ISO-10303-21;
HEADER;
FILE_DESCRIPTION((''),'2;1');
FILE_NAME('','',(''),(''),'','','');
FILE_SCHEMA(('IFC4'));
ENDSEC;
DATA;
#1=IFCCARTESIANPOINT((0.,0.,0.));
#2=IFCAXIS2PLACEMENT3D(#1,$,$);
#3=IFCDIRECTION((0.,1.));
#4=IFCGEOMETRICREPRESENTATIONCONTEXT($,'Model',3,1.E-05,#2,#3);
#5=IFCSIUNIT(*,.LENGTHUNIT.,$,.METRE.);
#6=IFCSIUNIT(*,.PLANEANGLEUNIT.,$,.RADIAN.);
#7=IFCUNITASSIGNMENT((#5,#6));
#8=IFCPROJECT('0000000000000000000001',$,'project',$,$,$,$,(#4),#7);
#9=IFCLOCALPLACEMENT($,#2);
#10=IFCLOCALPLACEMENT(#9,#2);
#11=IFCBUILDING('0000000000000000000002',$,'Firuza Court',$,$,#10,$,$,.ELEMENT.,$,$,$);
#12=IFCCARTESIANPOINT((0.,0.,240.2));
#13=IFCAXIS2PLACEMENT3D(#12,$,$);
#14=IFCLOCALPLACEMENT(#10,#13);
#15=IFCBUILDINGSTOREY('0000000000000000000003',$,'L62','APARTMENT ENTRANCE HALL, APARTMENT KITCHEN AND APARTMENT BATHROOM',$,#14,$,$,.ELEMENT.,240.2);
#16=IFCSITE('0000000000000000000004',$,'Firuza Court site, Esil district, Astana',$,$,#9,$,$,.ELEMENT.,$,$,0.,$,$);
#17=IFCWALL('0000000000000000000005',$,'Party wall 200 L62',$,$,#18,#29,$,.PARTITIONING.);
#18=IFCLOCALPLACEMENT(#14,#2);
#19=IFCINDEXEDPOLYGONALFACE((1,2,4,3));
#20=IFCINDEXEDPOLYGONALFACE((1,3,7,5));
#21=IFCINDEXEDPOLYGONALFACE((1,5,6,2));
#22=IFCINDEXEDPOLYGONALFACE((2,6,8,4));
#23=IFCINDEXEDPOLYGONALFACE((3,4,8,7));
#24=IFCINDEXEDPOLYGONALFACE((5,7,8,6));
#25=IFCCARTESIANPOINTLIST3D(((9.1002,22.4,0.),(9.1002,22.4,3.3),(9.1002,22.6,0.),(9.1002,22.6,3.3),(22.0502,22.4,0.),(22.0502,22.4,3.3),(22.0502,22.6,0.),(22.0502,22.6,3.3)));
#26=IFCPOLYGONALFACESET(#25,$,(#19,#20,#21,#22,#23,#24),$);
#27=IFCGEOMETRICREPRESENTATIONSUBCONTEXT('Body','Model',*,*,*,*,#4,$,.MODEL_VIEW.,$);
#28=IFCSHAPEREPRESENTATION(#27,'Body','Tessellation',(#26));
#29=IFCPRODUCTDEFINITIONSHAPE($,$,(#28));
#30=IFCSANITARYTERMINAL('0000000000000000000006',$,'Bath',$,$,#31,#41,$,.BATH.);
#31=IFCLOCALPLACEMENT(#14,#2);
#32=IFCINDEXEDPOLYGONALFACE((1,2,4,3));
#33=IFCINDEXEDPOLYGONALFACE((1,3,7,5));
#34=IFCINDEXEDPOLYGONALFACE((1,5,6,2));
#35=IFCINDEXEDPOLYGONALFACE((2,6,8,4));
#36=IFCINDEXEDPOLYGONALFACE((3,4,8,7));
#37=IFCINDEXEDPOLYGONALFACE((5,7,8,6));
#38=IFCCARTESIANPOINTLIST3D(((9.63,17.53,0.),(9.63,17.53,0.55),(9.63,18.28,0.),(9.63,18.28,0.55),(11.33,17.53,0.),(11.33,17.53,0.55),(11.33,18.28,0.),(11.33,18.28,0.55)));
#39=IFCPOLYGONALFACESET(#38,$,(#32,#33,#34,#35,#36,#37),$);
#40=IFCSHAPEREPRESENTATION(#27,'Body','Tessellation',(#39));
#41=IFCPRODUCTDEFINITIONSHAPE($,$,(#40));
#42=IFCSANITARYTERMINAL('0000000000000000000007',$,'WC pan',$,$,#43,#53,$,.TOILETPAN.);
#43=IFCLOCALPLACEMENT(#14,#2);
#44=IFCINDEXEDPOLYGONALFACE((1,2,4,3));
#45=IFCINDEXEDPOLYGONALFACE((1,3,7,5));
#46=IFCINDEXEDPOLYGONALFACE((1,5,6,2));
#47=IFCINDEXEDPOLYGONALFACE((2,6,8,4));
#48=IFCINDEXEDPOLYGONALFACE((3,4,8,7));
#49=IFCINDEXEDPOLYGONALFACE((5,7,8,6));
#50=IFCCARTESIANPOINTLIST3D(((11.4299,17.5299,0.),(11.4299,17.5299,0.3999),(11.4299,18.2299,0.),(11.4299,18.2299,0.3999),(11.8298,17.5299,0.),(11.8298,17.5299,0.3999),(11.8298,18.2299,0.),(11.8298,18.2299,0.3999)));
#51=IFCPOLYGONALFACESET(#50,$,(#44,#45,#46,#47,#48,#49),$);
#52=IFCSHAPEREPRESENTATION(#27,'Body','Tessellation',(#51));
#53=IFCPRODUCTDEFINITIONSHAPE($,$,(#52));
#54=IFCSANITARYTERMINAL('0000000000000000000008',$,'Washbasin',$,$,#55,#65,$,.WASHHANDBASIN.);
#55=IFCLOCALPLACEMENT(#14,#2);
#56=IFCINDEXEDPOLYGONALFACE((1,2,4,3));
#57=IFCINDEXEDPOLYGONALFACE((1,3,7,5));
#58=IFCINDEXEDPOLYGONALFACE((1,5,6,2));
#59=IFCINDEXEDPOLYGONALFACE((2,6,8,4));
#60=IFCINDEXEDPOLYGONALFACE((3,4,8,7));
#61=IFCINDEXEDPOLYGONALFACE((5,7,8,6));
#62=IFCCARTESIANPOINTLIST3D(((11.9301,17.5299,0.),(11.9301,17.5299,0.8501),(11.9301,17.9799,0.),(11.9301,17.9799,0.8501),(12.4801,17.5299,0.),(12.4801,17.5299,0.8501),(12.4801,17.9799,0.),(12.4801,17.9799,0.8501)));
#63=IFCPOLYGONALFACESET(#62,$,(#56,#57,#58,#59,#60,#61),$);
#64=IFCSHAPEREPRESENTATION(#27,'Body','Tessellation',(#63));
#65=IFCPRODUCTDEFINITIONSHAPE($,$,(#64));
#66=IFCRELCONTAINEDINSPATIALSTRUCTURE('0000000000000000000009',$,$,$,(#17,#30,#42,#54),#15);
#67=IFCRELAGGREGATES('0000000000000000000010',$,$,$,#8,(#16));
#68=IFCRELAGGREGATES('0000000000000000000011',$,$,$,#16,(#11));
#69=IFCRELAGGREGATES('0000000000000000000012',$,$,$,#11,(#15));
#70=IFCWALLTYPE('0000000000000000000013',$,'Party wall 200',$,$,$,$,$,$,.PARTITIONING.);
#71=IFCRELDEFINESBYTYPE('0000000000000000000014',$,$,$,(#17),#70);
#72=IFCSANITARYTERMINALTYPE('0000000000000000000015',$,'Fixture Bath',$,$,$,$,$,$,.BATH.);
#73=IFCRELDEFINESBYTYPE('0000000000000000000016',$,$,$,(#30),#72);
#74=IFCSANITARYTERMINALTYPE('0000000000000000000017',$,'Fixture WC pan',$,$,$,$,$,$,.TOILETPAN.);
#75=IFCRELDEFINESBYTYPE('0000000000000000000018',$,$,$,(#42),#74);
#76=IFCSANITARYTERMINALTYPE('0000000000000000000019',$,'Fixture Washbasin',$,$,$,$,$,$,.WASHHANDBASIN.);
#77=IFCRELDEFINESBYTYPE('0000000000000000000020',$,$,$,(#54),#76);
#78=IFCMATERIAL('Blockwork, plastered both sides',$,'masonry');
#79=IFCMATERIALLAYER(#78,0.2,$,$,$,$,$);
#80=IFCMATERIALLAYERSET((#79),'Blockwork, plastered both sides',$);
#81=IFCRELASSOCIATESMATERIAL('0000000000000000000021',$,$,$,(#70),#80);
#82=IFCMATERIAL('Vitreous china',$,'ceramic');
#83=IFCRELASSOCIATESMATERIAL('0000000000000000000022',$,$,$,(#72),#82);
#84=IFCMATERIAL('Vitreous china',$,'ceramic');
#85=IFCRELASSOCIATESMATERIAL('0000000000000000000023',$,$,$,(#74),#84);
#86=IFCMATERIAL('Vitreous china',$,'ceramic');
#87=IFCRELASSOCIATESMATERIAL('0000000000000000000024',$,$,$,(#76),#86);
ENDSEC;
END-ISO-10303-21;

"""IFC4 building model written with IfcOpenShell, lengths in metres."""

from ifc_helpers import new_model, si_unit, direction, frame, frame_2d, origin, origin_2d, place, context, subcontext, project, spatial, rectangle, extrude, material, layer, layer_set, type_object, element, save


model = new_model("IFC4")

# Units and contexts
model_context = context("Model", 3, precision=1e-05, world=origin(), true_north=direction((0.0, 1.0)))
body_context = subcontext(model_context, "Body", "Model", "MODEL_VIEW")
ifc_project = project(units=[si_unit("LENGTHUNIT", "METRE"), si_unit("PLANEANGLEUNIT", "RADIAN")], contexts=[model_context])

# Site, building, storey
site_placement = place(None, origin())
site = spatial("IfcSite", under=ifc_project, at=site_placement, Name="Firuza Court site, Esil district, Astana", CompositionType="ELEMENT", RefElevation=0.0)
building_placement = place(site_placement, origin())
building = spatial("IfcBuilding", under=site, at=building_placement, Name="Firuza Court", CompositionType="ELEMENT")
storey_placement = place(building_placement, frame((0.0, 0.0, 240.2)))
storey = spatial("IfcBuildingStorey", under=building, at=storey_placement, Name="L62", Description="APARTMENT ENTRANCE HALL, APARTMENT KITCHEN AND APARTMENT BATHROOM", CompositionType="ELEMENT", Elevation=240.2)

# Wall
ifc_material_1 = material(Name="Blockwork, plastered both sides", Category="masonry")
ifc_layer_1 = layer(ifc_material_1, 0.2)
ifc_layer_set_1 = layer_set([ifc_layer_1], Name="Blockwork, plastered both sides")
wall_type_1 = type_object("IfcWallType", Name="Party wall 200", PredefinedType="PARTITIONING", material=ifc_layer_set_1)
wall_1_placement = place(storey_placement, frame((9.1001, 22.5, 0.0), z_axis=(0.0, 0.0, 1.0), x_axis=(1.0, 0.0, 0.0)))
element("IfcWall", 1, at=wall_1_placement, inside=storey, type_object=wall_type_1, Name="Party wall 200 L62", PredefinedType="PARTITIONING", context=body_context, shape_type="SweptSolid", body=[
    extrude(rectangle(XDim=12.95, YDim=0.2, at=frame_2d((6.4751, 0.0))), origin(), (0.0, 0.0, 1.0), 3.3),
])

# Sanitary terminals
ifc_material_2 = material(Name="Vitreous china", Category="ceramic")
sanitary_terminal_type_1 = type_object("IfcSanitaryTerminalType", Name="Fixture Bath", PredefinedType="BATH", material=ifc_material_2)
sanitary_terminal_1_placement = place(storey_placement, frame((10.48, 17.905, 0.0), z_axis=(0.0, 0.0, 1.0), x_axis=(1.0, 0.0, 0.0)))
element("IfcSanitaryTerminal", 2, at=sanitary_terminal_1_placement, inside=storey, type_object=sanitary_terminal_type_1, Name="Bath", PredefinedType="BATH", context=body_context, shape_type="SweptSolid", body=[
    extrude(rectangle(XDim=1.7, YDim=0.75, at=origin_2d()), origin(), (0.0, 0.0, 1.0), 0.55),
])
ifc_material_3 = material(Name="Vitreous china", Category="ceramic")
sanitary_terminal_type_2 = type_object("IfcSanitaryTerminalType", Name="Fixture WC pan", PredefinedType="TOILETPAN", material=ifc_material_3)
sanitary_terminal_2_placement = place(storey_placement, frame((11.6299, 17.8799, 0.0), z_axis=(0.0, 0.0, 1.0), x_axis=(1.0, 0.0, 0.0)))
element("IfcSanitaryTerminal", 3, at=sanitary_terminal_2_placement, inside=storey, type_object=sanitary_terminal_type_2, Name="WC pan", PredefinedType="TOILETPAN", context=body_context, shape_type="SweptSolid", body=[
    extrude(rectangle(XDim=0.3999, YDim=0.7, at=origin_2d()), origin(), (0.0, 0.0, 1.0), 0.3999),
])
ifc_material_4 = material(Name="Vitreous china", Category="ceramic")
sanitary_terminal_type_3 = type_object("IfcSanitaryTerminalType", Name="Fixture Washbasin", PredefinedType="WASHHANDBASIN", material=ifc_material_4)
sanitary_terminal_3_placement = place(storey_placement, frame((12.2051, 17.7549, 0.0), z_axis=(0.0, 0.0, 1.0), x_axis=(1.0, 0.0, 0.0)))
element("IfcSanitaryTerminal", 4, at=sanitary_terminal_3_placement, inside=storey, type_object=sanitary_terminal_type_3, Name="Washbasin", PredefinedType="WASHHANDBASIN", context=body_context, shape_type="SweptSolid", body=[
    extrude(rectangle(XDim=0.55, YDim=0.45, at=origin_2d()), origin(), (0.0, 0.0, 1.0), 0.8501),
])

save(model, "model.ifc")
